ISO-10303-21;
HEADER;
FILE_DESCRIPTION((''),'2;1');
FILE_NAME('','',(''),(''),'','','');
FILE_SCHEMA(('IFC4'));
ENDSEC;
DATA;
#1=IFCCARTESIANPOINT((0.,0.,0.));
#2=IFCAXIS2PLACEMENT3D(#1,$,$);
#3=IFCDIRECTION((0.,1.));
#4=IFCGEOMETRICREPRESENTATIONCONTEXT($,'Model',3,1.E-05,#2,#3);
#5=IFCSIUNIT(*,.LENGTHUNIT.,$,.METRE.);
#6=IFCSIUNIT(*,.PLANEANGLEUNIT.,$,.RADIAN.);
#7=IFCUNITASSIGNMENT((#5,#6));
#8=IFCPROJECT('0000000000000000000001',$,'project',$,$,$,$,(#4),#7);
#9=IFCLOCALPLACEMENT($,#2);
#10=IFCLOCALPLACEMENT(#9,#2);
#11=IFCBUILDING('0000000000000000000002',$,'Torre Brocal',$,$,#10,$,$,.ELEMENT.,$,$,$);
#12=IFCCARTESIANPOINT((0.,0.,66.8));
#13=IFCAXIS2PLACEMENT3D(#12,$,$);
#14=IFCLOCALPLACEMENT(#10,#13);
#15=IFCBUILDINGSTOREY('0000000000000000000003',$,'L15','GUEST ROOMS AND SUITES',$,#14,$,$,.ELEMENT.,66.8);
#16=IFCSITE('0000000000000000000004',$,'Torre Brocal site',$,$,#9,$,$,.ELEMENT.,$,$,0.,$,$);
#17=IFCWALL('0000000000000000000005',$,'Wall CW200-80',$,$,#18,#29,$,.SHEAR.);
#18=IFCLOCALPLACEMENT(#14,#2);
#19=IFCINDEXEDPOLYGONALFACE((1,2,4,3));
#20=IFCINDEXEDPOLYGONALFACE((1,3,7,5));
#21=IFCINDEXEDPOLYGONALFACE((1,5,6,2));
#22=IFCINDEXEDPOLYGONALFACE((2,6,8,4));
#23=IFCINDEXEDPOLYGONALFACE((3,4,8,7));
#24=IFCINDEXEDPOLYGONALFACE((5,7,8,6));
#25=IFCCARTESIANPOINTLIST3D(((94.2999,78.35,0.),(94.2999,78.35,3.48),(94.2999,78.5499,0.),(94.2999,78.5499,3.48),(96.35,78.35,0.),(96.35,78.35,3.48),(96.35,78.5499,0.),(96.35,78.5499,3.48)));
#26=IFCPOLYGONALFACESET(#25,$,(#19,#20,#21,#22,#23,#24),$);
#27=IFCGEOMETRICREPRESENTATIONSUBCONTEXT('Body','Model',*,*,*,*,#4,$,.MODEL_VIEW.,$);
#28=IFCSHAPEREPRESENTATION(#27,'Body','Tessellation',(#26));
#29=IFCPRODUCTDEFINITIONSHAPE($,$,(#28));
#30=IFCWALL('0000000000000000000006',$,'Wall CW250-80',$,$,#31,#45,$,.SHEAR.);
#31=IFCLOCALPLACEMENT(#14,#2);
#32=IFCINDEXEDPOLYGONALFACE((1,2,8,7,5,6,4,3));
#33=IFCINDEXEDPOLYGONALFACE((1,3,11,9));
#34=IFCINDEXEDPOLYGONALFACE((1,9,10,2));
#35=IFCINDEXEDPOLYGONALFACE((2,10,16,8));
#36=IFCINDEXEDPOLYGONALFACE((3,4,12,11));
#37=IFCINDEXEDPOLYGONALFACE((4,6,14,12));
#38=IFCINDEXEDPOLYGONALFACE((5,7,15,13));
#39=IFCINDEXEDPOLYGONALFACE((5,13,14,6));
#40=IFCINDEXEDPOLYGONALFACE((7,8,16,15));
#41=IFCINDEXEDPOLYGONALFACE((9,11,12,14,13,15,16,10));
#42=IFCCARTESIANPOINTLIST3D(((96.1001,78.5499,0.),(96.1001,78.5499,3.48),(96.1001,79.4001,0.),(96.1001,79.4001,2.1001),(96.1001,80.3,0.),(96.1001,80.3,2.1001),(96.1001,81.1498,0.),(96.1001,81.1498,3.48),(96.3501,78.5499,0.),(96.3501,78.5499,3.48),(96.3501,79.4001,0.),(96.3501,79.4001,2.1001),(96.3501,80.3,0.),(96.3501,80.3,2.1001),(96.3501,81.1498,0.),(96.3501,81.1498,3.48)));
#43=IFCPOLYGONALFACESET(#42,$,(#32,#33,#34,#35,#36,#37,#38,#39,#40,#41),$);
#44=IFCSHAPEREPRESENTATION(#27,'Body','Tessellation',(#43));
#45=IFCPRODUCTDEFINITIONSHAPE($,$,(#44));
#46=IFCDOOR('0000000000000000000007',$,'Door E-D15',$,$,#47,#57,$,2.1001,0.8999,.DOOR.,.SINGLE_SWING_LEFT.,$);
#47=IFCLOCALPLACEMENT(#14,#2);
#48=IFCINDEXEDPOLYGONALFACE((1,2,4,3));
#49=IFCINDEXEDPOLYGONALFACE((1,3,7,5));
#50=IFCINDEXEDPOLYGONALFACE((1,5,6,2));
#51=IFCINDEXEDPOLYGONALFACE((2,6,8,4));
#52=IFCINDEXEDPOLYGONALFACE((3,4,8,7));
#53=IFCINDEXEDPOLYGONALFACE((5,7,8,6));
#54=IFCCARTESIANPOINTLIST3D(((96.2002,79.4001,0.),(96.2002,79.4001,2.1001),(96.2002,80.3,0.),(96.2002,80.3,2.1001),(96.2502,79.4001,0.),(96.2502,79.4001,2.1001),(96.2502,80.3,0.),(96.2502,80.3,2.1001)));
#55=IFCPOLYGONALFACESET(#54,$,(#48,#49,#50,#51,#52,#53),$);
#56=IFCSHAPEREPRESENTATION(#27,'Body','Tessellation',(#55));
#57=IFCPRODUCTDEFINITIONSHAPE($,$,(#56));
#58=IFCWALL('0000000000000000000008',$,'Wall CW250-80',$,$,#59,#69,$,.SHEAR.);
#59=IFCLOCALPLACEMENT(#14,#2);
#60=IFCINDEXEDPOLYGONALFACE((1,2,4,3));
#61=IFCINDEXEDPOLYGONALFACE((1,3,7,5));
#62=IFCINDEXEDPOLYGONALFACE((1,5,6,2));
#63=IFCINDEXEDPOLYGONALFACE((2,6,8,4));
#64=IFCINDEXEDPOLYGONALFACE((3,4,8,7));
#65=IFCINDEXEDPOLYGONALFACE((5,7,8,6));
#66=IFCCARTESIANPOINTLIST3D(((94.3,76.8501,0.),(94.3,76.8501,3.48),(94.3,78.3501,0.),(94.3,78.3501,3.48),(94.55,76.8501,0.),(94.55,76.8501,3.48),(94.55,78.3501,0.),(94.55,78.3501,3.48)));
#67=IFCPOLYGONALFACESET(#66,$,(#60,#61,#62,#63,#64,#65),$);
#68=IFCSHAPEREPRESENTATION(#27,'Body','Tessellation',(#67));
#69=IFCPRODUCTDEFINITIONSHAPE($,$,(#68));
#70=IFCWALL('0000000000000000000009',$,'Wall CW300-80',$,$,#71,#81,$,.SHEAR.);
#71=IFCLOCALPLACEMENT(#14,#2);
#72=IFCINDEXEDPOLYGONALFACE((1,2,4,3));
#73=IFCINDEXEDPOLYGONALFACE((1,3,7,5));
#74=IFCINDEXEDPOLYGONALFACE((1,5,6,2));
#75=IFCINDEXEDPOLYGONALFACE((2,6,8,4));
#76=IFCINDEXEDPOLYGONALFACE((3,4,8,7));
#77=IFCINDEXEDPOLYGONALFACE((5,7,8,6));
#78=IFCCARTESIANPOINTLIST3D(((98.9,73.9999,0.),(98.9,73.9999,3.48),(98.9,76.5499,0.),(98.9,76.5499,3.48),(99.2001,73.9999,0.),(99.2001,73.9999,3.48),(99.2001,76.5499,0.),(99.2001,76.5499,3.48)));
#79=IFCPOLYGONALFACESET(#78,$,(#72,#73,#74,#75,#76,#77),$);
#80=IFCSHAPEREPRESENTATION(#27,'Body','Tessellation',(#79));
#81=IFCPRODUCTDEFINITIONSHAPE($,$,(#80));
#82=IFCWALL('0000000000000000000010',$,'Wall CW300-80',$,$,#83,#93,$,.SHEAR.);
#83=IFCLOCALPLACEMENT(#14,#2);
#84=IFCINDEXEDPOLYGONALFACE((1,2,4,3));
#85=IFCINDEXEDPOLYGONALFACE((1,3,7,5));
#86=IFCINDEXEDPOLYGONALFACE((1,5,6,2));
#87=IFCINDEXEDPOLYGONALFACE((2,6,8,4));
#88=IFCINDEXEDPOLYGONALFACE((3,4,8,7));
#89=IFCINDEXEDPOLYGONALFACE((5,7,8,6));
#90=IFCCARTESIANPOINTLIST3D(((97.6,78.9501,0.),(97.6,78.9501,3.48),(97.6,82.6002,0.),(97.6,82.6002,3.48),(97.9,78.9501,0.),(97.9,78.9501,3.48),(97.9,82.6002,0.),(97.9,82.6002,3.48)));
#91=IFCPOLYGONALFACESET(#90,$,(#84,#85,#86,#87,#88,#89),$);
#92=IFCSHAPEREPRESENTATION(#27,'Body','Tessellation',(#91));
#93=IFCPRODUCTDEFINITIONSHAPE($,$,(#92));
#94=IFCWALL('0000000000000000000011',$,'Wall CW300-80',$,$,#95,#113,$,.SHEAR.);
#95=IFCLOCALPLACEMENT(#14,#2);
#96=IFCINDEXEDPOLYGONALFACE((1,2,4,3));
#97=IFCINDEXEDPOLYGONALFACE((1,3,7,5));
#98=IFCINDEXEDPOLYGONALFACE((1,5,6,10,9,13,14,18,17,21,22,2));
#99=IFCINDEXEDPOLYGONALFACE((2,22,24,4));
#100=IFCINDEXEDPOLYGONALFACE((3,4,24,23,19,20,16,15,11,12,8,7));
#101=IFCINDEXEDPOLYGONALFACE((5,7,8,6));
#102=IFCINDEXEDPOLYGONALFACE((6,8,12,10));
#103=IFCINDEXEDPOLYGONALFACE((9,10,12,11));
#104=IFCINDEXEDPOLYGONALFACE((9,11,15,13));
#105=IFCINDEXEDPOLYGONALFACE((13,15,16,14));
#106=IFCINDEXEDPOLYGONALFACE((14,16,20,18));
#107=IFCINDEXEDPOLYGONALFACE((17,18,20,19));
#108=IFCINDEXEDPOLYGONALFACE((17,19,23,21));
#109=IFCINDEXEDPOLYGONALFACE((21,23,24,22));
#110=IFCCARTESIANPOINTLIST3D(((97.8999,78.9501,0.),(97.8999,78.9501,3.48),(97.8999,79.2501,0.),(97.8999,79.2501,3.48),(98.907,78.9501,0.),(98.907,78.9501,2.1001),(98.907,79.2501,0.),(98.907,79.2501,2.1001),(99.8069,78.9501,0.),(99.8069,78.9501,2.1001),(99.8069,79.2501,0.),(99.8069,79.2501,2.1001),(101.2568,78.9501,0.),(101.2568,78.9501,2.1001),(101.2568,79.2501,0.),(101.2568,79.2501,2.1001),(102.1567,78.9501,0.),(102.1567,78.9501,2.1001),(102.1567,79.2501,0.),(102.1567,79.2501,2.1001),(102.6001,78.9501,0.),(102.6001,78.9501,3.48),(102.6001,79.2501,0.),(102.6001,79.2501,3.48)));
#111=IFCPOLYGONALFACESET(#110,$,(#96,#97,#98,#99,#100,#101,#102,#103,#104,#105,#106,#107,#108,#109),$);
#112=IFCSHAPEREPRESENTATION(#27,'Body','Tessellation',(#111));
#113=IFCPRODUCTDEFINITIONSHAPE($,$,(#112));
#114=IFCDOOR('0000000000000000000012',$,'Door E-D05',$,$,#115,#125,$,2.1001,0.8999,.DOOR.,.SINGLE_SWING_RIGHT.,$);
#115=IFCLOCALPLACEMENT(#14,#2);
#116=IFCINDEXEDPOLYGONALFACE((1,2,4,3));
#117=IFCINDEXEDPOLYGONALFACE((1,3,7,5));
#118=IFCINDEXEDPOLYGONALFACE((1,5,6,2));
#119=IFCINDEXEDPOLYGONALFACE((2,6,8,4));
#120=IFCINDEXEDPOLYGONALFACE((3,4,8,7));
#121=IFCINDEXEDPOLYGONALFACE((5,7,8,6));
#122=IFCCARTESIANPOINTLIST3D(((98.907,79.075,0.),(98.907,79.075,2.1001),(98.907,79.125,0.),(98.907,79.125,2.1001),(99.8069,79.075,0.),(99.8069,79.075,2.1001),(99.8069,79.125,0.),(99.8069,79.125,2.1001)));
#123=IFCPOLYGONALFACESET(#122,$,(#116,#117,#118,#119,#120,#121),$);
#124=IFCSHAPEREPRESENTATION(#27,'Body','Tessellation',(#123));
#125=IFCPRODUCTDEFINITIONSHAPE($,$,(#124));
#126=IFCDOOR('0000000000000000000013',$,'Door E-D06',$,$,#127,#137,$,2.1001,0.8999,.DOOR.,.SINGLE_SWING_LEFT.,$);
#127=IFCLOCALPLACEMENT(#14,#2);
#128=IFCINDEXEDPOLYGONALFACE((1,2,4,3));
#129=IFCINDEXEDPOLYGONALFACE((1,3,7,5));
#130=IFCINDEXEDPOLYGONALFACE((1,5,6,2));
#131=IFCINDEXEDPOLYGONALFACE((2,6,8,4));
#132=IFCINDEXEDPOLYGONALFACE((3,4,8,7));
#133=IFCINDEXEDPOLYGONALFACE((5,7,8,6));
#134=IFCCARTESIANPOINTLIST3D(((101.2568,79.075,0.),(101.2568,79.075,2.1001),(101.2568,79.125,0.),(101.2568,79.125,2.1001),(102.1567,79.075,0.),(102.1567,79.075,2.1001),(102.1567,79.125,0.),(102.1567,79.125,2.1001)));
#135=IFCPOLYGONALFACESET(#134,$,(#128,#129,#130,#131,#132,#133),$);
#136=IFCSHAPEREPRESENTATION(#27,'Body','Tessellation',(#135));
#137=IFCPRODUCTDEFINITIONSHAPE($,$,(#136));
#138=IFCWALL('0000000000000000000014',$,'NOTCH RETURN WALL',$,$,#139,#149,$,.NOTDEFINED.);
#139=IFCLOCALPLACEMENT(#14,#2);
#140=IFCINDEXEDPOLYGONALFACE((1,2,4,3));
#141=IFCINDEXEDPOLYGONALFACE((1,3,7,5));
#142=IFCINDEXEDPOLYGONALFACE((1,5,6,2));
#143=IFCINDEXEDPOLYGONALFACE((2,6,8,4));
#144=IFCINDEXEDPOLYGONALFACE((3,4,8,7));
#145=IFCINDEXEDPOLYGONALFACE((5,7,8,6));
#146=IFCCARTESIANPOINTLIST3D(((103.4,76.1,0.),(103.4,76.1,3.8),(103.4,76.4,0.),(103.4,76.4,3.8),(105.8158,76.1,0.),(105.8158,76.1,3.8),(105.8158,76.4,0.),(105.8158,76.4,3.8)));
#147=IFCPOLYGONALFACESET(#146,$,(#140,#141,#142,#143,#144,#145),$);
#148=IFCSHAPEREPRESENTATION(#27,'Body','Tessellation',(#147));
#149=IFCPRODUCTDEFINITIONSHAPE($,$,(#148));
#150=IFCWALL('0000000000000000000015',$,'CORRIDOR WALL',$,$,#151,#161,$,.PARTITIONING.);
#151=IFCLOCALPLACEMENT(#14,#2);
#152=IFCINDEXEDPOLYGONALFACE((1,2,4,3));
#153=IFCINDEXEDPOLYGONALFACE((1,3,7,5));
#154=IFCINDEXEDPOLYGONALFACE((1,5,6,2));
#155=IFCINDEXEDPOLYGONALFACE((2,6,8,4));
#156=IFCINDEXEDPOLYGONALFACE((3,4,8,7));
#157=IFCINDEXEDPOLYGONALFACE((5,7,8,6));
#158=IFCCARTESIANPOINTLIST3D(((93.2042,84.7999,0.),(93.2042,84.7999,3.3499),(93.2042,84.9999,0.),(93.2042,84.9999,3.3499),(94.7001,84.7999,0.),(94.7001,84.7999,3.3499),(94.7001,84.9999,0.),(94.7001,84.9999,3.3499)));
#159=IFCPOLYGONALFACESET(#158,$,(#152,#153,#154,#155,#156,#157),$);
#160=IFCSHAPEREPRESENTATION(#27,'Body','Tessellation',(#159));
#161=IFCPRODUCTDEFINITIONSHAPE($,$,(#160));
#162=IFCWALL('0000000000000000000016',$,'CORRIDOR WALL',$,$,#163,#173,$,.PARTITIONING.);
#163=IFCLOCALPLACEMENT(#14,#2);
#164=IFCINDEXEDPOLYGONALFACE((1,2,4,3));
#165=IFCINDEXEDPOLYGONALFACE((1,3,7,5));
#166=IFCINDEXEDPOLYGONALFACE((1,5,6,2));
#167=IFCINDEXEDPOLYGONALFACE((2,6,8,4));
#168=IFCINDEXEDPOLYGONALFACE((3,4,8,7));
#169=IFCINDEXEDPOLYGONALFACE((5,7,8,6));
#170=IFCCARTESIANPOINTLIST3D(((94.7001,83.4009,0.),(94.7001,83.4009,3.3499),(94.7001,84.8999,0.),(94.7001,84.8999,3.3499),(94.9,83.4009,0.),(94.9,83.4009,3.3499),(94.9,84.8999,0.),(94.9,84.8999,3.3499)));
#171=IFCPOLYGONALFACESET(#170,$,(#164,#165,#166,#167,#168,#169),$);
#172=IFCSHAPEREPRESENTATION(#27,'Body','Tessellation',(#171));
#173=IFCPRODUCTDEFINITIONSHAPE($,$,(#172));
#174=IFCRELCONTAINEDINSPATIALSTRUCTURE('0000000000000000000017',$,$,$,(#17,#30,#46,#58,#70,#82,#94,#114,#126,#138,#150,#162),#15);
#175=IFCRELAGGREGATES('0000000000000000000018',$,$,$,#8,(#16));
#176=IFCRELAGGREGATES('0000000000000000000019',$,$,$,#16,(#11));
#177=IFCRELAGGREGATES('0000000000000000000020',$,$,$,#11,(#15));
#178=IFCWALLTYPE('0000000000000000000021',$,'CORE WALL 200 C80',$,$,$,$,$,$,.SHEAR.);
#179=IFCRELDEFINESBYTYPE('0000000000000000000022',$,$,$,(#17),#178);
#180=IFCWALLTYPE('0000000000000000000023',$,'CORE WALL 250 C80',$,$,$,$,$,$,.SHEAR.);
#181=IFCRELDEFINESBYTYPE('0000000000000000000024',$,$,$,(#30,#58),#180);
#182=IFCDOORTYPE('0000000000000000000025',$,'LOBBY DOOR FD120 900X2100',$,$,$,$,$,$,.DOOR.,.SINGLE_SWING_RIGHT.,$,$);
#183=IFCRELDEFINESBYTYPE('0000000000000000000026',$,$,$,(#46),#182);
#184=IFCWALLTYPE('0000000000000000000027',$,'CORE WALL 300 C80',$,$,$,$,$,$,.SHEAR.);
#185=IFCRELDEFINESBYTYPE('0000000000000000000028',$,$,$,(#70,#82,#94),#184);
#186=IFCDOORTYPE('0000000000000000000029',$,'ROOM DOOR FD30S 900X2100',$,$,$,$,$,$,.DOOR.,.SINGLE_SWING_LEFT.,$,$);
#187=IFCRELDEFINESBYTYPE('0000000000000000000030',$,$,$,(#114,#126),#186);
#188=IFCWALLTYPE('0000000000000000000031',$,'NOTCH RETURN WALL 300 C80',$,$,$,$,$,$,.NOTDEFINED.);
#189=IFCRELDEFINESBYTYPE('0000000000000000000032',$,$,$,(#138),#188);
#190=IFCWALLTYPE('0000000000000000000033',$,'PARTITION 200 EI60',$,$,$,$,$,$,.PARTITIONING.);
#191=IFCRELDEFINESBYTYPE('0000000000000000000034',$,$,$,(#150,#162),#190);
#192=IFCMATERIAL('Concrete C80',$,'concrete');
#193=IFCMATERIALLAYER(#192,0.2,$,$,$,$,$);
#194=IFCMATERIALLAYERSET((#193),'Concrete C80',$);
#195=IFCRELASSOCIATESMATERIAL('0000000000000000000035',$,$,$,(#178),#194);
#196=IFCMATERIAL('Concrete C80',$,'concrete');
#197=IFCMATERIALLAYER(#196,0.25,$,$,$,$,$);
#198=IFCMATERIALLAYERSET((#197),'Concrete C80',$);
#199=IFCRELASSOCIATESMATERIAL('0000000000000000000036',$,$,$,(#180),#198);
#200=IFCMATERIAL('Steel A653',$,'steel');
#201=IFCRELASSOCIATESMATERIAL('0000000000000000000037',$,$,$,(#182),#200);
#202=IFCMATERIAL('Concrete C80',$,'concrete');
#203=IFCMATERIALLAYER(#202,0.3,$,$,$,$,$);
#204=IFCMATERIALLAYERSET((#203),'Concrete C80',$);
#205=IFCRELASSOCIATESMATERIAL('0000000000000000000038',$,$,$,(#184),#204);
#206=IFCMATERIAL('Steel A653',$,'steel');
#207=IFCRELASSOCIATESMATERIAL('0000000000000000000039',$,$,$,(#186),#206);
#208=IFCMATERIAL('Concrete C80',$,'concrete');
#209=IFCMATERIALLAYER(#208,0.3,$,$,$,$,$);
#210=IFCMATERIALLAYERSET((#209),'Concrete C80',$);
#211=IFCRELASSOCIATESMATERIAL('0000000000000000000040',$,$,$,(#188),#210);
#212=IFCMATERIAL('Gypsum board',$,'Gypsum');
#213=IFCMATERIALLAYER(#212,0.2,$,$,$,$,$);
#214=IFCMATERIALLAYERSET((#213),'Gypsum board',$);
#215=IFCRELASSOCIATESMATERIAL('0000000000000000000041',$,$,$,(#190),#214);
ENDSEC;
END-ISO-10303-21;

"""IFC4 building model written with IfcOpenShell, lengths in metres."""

from ifc_helpers import new_model, si_unit, direction, frame, frame_2d, origin, place, context, subcontext, project, spatial, rectangle, extrude, material, layer, layer_set, type_object, element, fill, save


model = new_model("IFC4")

# Units and contexts
model_context = context("Model", 3, precision=1e-05, world=origin(), true_north=direction((0.0, 1.0)))
body_context = subcontext(model_context, "Body", "Model", "MODEL_VIEW")
ifc_project = project(units=[si_unit("LENGTHUNIT", "METRE"), si_unit("PLANEANGLEUNIT", "RADIAN")], contexts=[model_context])

# Site, building, storey
site_placement = place(None, origin())
site = spatial("IfcSite", under=ifc_project, at=site_placement, Name="Torre Brocal site", CompositionType="ELEMENT", RefElevation=0.0)
building_placement = place(site_placement, origin())
building = spatial("IfcBuilding", under=site, at=building_placement, Name="Torre Brocal", CompositionType="ELEMENT")
storey_placement = place(building_placement, frame((0.0, 0.0, 66.8)))
storey = spatial("IfcBuildingStorey", under=building, at=storey_placement, Name="L15", Description="GUEST ROOMS AND SUITES", CompositionType="ELEMENT", Elevation=66.8)

# Wall
ifc_material_1 = material(Name="Concrete C80", Category="concrete")
ifc_layer_1 = layer(ifc_material_1, 0.2)
ifc_layer_set_1 = layer_set([ifc_layer_1], Name="Concrete C80")
wall_type_1 = type_object("IfcWallType", Name="CORE WALL 200 C80", PredefinedType="SHEAR", material=ifc_layer_set_1)
wall_1_placement = place(storey_placement, frame((94.3, 78.45, 0.0), z_axis=(0.0, 0.0, 1.0), x_axis=(1.0, 0.0, 0.0)))
element("IfcWall", 1, at=wall_1_placement, inside=storey, type_object=wall_type_1, Name="Wall CW200-80", PredefinedType="SHEAR", context=body_context, shape_type="SweptSolid", body=[
    extrude(rectangle(XDim=2.05, YDim=0.2, at=frame_2d((1.0249, 0.0))), origin(), (0.0, 0.0, 1.0), 3.48),
])

# Wall, opening, door
ifc_material_2 = material(Name="Concrete C80", Category="concrete")
ifc_layer_2 = layer(ifc_material_2, 0.25)
ifc_layer_set_2 = layer_set([ifc_layer_2], Name="Concrete C80")
wall_type_2 = type_object("IfcWallType", Name="CORE WALL 250 C80", PredefinedType="SHEAR", material=ifc_layer_set_2)
wall_2_placement = place(storey_placement, frame((96.2251, 78.55, 0.0), z_axis=(0.0, 0.0, 1.0), x_axis=(0.0, 1.0, 0.0)))
wall_2 = element("IfcWall", 2, at=wall_2_placement, inside=storey, type_object=wall_type_2, Name="Wall CW250-80", PredefinedType="SHEAR", context=body_context, shape_type="SweptSolid", body=[
    extrude(rectangle(XDim=2.5999, YDim=0.25, at=frame_2d((1.2998, 0.0))), origin(), (0.0, 0.0, 1.0), 3.48),
])
opening_1_placement = place(wall_2_placement, frame((0.8501, 0.0, 0.0)))
opening_1 = element("IfcOpeningElement", 3, at=opening_1_placement, cuts=wall_2, PredefinedType="OPENING", context=body_context, shape_type="SweptSolid", body=[
    extrude(rectangle(XDim=0.8999, YDim=2.1001, at=frame_2d((0.45, 1.05))), frame((0.0, 0.135, 0.0), z_axis=(0.0, -1.0, 0.0), x_axis=(1.0, 0.0, 0.0)), (0.0, 0.0, 1.0), 0.27),
])
ifc_material_3 = material(Name="Steel A653", Category="steel")
door_type_1 = type_object("IfcDoorType", Name="LOBBY DOOR FD120 900X2100", OperationType="SINGLE_SWING_RIGHT", PredefinedType="DOOR", material=ifc_material_3)
door_1_placement = place(opening_1_placement, origin())
door_1 = element("IfcDoor", 4, at=door_1_placement, inside=storey, type_object=door_type_1, Name="Door E-D15", OperationType="SINGLE_SWING_LEFT", OverallHeight=2.1001, OverallWidth=0.8999, PredefinedType="DOOR", context=body_context, shape_type="SweptSolid", body=[
    extrude(rectangle(XDim=0.8999, YDim=2.1001, at=frame_2d((0.45, 1.05))), frame((0.0, 0.0249, 0.0), z_axis=(0.0, -1.0, 0.0), x_axis=(1.0, 0.0, 0.0)), (0.0, 0.0, 1.0), 0.05),
])
fill(opening_1, door_1)

# Walls
wall_3_placement = place(storey_placement, frame((94.425, 76.8501, 0.0), z_axis=(0.0, 0.0, 1.0), x_axis=(0.0, 1.0, 0.0)))
element("IfcWall", 5, at=wall_3_placement, inside=storey, type_object=wall_type_2, Name="Wall CW250-80", PredefinedType="SHEAR", context=body_context, shape_type="SweptSolid", body=[
    extrude(rectangle(XDim=1.5, YDim=0.25, at=frame_2d((0.75, 0.0))), origin(), (0.0, 0.0, 1.0), 3.48),
])
ifc_material_4 = material(Name="Concrete C80", Category="concrete")
ifc_layer_3 = layer(ifc_material_4, 0.3)
ifc_layer_set_3 = layer_set([ifc_layer_3], Name="Concrete C80")
wall_type_3 = type_object("IfcWallType", Name="CORE WALL 300 C80", PredefinedType="SHEAR", material=ifc_layer_set_3)
wall_4_placement = place(storey_placement, frame((99.05, 74.0, 0.0), z_axis=(0.0, 0.0, 1.0), x_axis=(0.0, 1.0, 0.0)))
element("IfcWall", 6, at=wall_4_placement, inside=storey, type_object=wall_type_3, Name="Wall CW300-80", PredefinedType="SHEAR", context=body_context, shape_type="SweptSolid", body=[
    extrude(rectangle(XDim=2.55, YDim=0.3, at=frame_2d((1.2749, 0.0))), origin(), (0.0, 0.0, 1.0), 3.48),
])
wall_5_placement = place(storey_placement, frame((97.75, 78.95, 0.0), z_axis=(0.0, 0.0, 1.0), x_axis=(0.0, 1.0, 0.0)))
element("IfcWall", 7, at=wall_5_placement, inside=storey, type_object=wall_type_3, Name="Wall CW300-80", PredefinedType="SHEAR", context=body_context, shape_type="SweptSolid", body=[
    extrude(rectangle(XDim=3.6501, YDim=0.3, at=frame_2d((1.8252, 0.0))), origin(), (0.0, 0.0, 1.0), 3.48),
])

# Wall, openings, doors
wall_6_placement = place(storey_placement, frame((97.8999, 79.1001, 0.0), z_axis=(0.0, 0.0, 1.0), x_axis=(1.0, 0.0, 0.0)))
wall_6 = element("IfcWall", 8, at=wall_6_placement, inside=storey, type_object=wall_type_3, Name="Wall CW300-80", PredefinedType="SHEAR", context=body_context, shape_type="SweptSolid", body=[
    extrude(rectangle(XDim=4.7002, YDim=0.3, at=frame_2d((2.3501, 0.0))), origin(), (0.0, 0.0, 1.0), 3.48),
])
opening_2_placement = place(wall_6_placement, frame((1.0071, 0.0, 0.0)))
opening_2 = element("IfcOpeningElement", 9, at=opening_2_placement, cuts=wall_6, PredefinedType="OPENING", context=body_context, shape_type="SweptSolid", body=[
    extrude(rectangle(XDim=0.8999, YDim=2.1001, at=frame_2d((0.45, 1.05))), frame((0.0, 0.1599, 0.0), z_axis=(0.0, -1.0, 0.0), x_axis=(1.0, 0.0, 0.0)), (0.0, 0.0, 1.0), 0.3201),
])
opening_3_placement = place(wall_6_placement, frame((3.3569, 0.0, 0.0)))
opening_3 = element("IfcOpeningElement", 10, at=opening_3_placement, cuts=wall_6, PredefinedType="OPENING", context=body_context, shape_type="SweptSolid", body=[
    extrude(rectangle(XDim=0.8999, YDim=2.1001, at=frame_2d((0.45, 1.05))), frame((0.0, 0.1599, 0.0), z_axis=(0.0, -1.0, 0.0), x_axis=(1.0, 0.0, 0.0)), (0.0, 0.0, 1.0), 0.3201),
])
ifc_material_5 = material(Name="Steel A653", Category="steel")
door_type_2 = type_object("IfcDoorType", Name="ROOM DOOR FD30S 900X2100", OperationType="SINGLE_SWING_LEFT", PredefinedType="DOOR", material=ifc_material_5)
door_2_placement = place(opening_2_placement, origin())
door_2 = element("IfcDoor", 11, at=door_2_placement, inside=storey, type_object=door_type_2, Name="Door E-D05", OperationType="SINGLE_SWING_RIGHT", OverallHeight=2.1001, OverallWidth=0.8999, PredefinedType="DOOR", context=body_context, shape_type="SweptSolid", body=[
    extrude(rectangle(XDim=0.8999, YDim=2.1001, at=frame_2d((0.45, 1.05))), frame((0.0, 0.0249, 0.0), z_axis=(0.0, -1.0, 0.0), x_axis=(1.0, 0.0, 0.0)), (0.0, 0.0, 1.0), 0.05),
])
fill(opening_2, door_2)
door_3_placement = place(opening_3_placement, origin())
door_3 = element("IfcDoor", 12, at=door_3_placement, inside=storey, type_object=door_type_2, Name="Door E-D06", OperationType="SINGLE_SWING_LEFT", OverallHeight=2.1001, OverallWidth=0.8999, PredefinedType="DOOR", context=body_context, shape_type="SweptSolid", body=[
    extrude(rectangle(XDim=0.8999, YDim=2.1001, at=frame_2d((0.45, 1.05))), frame((0.0, 0.0249, 0.0), z_axis=(0.0, -1.0, 0.0), x_axis=(1.0, 0.0, 0.0)), (0.0, 0.0, 1.0), 0.05),
])
fill(opening_3, door_3)

# Walls
ifc_material_6 = material(Name="Concrete C80", Category="concrete")
ifc_layer_4 = layer(ifc_material_6, 0.3)
ifc_layer_set_4 = layer_set([ifc_layer_4], Name="Concrete C80")
wall_type_4 = type_object("IfcWallType", Name="NOTCH RETURN WALL 300 C80", PredefinedType="NOTDEFINED", material=ifc_layer_set_4)
wall_7_placement = place(storey_placement, frame((103.3999, 76.25, 0.0), z_axis=(0.0, 0.0, 1.0), x_axis=(1.0, 0.0, 0.0)))
element("IfcWall", 13, at=wall_7_placement, inside=storey, type_object=wall_type_4, Name="NOTCH RETURN WALL", PredefinedType="NOTDEFINED", context=body_context, shape_type="SweptSolid", body=[
    extrude(rectangle(XDim=2.4158, YDim=0.3, at=frame_2d((1.208, 0.0))), origin(), (0.0, 0.0, 1.0), 3.8),
])
ifc_material_7 = material(Name="Gypsum board", Category="Gypsum")
ifc_layer_5 = layer(ifc_material_7, 0.2)
ifc_layer_set_5 = layer_set([ifc_layer_5], Name="Gypsum board")
wall_type_5 = type_object("IfcWallType", Name="PARTITION 200 EI60", PredefinedType="PARTITIONING", material=ifc_layer_set_5)
wall_8_placement = place(storey_placement, frame((93.2041, 84.8999, 0.0), z_axis=(0.0, 0.0, 1.0), x_axis=(1.0, 0.0, 0.0)))
element("IfcWall", 14, at=wall_8_placement, inside=storey, type_object=wall_type_5, Name="CORRIDOR WALL", PredefinedType="PARTITIONING", context=body_context, shape_type="SweptSolid", body=[
    extrude(rectangle(XDim=1.4958, YDim=0.2, at=frame_2d((0.748, 0.0))), origin(), (0.0, 0.0, 1.0), 3.3499),
])
wall_9_placement = place(storey_placement, frame((94.8, 83.4009, 0.0), z_axis=(0.0, 0.0, 1.0), x_axis=(0.0, 1.0, 0.0)))
element("IfcWall", 15, at=wall_9_placement, inside=storey, type_object=wall_type_5, Name="CORRIDOR WALL", PredefinedType="PARTITIONING", context=body_context, shape_type="SweptSolid", body=[
    extrude(rectangle(XDim=1.499, YDim=0.2, at=frame_2d((0.7495, 0.0))), origin(), (0.0, 0.0, 1.0), 3.3499),
])

save(model, "model.ifc")
